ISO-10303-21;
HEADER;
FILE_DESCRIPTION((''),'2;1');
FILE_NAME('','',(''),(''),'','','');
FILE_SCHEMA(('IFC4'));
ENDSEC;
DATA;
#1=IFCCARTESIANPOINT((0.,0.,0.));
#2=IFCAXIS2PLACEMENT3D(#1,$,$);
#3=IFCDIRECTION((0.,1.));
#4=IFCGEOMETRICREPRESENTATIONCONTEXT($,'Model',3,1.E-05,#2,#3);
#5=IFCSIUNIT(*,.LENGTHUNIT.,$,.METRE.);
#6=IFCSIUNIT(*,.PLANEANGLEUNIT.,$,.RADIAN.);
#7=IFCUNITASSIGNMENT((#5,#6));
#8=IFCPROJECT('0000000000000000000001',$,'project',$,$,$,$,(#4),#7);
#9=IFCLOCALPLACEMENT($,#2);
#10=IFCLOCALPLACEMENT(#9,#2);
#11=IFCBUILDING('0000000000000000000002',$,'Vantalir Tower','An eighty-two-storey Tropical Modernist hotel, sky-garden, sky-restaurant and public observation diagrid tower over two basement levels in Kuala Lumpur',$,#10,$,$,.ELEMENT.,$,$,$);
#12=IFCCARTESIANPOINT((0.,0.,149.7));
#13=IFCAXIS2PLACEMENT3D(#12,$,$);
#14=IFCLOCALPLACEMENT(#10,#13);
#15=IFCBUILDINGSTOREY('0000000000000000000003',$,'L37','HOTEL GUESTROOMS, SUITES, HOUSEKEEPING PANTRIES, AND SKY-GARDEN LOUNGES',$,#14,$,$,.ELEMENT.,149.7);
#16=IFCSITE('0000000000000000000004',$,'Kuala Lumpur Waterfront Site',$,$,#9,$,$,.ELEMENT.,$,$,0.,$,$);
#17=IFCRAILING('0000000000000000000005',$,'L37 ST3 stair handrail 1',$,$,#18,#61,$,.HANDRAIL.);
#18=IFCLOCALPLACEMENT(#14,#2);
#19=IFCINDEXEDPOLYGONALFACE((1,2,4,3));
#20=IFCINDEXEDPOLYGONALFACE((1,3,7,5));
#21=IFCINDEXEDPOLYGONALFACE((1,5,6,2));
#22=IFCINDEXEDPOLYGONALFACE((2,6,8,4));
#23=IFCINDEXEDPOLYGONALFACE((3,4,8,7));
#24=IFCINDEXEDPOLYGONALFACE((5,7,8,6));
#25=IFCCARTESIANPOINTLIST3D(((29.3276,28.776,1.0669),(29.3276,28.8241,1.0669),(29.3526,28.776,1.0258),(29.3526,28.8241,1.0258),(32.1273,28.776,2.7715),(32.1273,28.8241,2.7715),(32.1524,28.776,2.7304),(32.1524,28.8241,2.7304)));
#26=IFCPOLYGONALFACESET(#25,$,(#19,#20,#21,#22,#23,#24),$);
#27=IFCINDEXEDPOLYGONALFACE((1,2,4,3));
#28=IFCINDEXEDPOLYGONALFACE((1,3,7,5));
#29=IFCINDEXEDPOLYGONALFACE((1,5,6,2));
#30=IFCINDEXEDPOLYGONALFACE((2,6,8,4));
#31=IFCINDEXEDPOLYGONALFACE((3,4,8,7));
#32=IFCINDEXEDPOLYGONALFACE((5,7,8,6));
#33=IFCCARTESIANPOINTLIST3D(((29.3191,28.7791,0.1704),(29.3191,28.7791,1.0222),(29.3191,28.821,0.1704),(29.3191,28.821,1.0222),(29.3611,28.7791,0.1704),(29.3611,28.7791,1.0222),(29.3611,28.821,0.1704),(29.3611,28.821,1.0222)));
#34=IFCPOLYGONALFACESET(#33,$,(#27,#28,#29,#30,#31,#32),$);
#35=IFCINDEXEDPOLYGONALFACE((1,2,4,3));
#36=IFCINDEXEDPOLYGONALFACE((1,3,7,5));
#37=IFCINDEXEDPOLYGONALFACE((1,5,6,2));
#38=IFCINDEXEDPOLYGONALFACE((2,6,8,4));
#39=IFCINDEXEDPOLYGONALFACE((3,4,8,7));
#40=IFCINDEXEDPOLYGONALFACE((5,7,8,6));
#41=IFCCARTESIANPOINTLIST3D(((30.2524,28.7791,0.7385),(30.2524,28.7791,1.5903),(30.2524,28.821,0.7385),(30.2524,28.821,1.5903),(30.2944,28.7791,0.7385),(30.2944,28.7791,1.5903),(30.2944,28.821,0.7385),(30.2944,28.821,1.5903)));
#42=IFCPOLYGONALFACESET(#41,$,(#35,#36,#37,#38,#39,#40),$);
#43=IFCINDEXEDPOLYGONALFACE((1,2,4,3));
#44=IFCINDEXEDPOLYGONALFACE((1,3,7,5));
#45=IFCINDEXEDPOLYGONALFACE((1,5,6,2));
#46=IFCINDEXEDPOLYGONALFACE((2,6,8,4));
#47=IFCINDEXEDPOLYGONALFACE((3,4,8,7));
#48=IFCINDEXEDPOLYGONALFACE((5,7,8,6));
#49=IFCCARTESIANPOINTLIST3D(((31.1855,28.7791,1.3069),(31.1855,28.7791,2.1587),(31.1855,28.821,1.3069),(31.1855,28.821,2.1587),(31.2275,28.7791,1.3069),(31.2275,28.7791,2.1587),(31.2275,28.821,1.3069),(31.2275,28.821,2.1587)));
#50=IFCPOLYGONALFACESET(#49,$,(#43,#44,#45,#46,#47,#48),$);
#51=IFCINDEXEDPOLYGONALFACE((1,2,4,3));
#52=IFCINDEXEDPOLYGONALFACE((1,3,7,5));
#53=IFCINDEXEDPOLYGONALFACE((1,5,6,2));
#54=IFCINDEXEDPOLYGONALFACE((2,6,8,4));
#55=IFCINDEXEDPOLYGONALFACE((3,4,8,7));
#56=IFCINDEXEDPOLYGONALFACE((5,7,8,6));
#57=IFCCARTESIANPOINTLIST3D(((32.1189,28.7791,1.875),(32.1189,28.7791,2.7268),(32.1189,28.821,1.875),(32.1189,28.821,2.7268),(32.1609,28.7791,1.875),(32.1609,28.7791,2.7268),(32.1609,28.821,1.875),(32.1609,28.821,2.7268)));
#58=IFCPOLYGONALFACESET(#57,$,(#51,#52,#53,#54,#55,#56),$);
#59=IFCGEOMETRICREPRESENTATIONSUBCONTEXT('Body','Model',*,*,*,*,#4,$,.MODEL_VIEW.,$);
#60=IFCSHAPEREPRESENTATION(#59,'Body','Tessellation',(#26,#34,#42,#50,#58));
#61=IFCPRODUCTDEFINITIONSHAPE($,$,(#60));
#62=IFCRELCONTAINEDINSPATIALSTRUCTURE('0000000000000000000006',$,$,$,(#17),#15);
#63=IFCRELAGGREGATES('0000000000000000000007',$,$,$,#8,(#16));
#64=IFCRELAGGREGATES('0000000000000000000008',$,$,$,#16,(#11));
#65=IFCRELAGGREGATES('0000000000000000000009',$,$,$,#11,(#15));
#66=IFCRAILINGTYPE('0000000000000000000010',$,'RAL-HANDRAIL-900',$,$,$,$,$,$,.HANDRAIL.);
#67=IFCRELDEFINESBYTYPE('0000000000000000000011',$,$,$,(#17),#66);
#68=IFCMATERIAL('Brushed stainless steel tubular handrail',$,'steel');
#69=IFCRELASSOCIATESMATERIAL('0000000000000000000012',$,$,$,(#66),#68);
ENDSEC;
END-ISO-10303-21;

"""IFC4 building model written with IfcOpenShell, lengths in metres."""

from ifc_helpers import new_model, si_unit, direction, frame, origin, origin_2d, place, context, subcontext, project, spatial, rectangle, extrude, material, type_object, element, save


model = new_model("IFC4")

# Units and contexts
model_context = context("Model", 3, precision=1e-05, world=origin(), true_north=direction((0.0, 1.0)))
body_context = subcontext(model_context, "Body", "Model", "MODEL_VIEW")
ifc_project = project(units=[si_unit("LENGTHUNIT", "METRE"), si_unit("PLANEANGLEUNIT", "RADIAN")], contexts=[model_context])

# Site, building, storey
site_placement = place(None, origin())
site = spatial("IfcSite", under=ifc_project, at=site_placement, Name="Kuala Lumpur Waterfront Site", CompositionType="ELEMENT", RefElevation=0.0)
building_placement = place(site_placement, origin())
building = spatial("IfcBuilding", under=site, at=building_placement, Name="Vantalir Tower", Description="An eighty-two-storey Tropical Modernist hotel, sky-garden, sky-restaurant and public observation diagrid tower over two basement levels in Kuala Lumpur", CompositionType="ELEMENT")
storey_placement = place(building_placement, frame((0.0, 0.0, 149.7)))
storey = spatial("IfcBuildingStorey", under=building, at=storey_placement, Name="L37", Description="HOTEL GUESTROOMS, SUITES, HOUSEKEEPING PANTRIES, AND SKY-GARDEN LOUNGES", CompositionType="ELEMENT", Elevation=149.7)

# Railing
ifc_material_1 = material(Name="Brushed stainless steel tubular handrail", Category="steel")
railing_type_1 = type_object("IfcRailingType", Name="RAL-HANDRAIL-900", PredefinedType="HANDRAIL", material=ifc_material_1)
railing_1_placement = place(storey_placement, frame((29.3401, 28.8, 0.1704)))
element("IfcRailing", 1, at=railing_1_placement, inside=storey, type_object=railing_type_1, Name="L37 ST3 stair handrail 1", PredefinedType="HANDRAIL", context=body_context, shape_type="SweptSolid", body=[
    extrude(rectangle(XDim=0.0481, YDim=0.0481, at=origin_2d()), frame((0.0, 0.0, 0.876), z_axis=(0.85415, 0.0, 0.520027), x_axis=(0.0, 1.0, 0.0)), (0.0, 0.0, 1.0), 3.2778),
    extrude(rectangle(XDim=0.042, YDim=0.042, at=origin_2d()), origin(), (0.0, 0.0, 1.0), 0.8518),
    extrude(rectangle(XDim=0.042, YDim=0.042, at=origin_2d()), frame((0.9333, 0.0, 0.5681)), (0.0, 0.0, 1.0), 0.8518),
    extrude(rectangle(XDim=0.042, YDim=0.042, at=origin_2d()), frame((1.8665, 0.0, 1.1365)), (0.0, 0.0, 1.0), 0.8518),
    extrude(rectangle(XDim=0.042, YDim=0.042, at=origin_2d()), frame((2.7998, 0.0, 1.7046)), (0.0, 0.0, 1.0), 0.8518),
])

save(model, "model.ifc")
